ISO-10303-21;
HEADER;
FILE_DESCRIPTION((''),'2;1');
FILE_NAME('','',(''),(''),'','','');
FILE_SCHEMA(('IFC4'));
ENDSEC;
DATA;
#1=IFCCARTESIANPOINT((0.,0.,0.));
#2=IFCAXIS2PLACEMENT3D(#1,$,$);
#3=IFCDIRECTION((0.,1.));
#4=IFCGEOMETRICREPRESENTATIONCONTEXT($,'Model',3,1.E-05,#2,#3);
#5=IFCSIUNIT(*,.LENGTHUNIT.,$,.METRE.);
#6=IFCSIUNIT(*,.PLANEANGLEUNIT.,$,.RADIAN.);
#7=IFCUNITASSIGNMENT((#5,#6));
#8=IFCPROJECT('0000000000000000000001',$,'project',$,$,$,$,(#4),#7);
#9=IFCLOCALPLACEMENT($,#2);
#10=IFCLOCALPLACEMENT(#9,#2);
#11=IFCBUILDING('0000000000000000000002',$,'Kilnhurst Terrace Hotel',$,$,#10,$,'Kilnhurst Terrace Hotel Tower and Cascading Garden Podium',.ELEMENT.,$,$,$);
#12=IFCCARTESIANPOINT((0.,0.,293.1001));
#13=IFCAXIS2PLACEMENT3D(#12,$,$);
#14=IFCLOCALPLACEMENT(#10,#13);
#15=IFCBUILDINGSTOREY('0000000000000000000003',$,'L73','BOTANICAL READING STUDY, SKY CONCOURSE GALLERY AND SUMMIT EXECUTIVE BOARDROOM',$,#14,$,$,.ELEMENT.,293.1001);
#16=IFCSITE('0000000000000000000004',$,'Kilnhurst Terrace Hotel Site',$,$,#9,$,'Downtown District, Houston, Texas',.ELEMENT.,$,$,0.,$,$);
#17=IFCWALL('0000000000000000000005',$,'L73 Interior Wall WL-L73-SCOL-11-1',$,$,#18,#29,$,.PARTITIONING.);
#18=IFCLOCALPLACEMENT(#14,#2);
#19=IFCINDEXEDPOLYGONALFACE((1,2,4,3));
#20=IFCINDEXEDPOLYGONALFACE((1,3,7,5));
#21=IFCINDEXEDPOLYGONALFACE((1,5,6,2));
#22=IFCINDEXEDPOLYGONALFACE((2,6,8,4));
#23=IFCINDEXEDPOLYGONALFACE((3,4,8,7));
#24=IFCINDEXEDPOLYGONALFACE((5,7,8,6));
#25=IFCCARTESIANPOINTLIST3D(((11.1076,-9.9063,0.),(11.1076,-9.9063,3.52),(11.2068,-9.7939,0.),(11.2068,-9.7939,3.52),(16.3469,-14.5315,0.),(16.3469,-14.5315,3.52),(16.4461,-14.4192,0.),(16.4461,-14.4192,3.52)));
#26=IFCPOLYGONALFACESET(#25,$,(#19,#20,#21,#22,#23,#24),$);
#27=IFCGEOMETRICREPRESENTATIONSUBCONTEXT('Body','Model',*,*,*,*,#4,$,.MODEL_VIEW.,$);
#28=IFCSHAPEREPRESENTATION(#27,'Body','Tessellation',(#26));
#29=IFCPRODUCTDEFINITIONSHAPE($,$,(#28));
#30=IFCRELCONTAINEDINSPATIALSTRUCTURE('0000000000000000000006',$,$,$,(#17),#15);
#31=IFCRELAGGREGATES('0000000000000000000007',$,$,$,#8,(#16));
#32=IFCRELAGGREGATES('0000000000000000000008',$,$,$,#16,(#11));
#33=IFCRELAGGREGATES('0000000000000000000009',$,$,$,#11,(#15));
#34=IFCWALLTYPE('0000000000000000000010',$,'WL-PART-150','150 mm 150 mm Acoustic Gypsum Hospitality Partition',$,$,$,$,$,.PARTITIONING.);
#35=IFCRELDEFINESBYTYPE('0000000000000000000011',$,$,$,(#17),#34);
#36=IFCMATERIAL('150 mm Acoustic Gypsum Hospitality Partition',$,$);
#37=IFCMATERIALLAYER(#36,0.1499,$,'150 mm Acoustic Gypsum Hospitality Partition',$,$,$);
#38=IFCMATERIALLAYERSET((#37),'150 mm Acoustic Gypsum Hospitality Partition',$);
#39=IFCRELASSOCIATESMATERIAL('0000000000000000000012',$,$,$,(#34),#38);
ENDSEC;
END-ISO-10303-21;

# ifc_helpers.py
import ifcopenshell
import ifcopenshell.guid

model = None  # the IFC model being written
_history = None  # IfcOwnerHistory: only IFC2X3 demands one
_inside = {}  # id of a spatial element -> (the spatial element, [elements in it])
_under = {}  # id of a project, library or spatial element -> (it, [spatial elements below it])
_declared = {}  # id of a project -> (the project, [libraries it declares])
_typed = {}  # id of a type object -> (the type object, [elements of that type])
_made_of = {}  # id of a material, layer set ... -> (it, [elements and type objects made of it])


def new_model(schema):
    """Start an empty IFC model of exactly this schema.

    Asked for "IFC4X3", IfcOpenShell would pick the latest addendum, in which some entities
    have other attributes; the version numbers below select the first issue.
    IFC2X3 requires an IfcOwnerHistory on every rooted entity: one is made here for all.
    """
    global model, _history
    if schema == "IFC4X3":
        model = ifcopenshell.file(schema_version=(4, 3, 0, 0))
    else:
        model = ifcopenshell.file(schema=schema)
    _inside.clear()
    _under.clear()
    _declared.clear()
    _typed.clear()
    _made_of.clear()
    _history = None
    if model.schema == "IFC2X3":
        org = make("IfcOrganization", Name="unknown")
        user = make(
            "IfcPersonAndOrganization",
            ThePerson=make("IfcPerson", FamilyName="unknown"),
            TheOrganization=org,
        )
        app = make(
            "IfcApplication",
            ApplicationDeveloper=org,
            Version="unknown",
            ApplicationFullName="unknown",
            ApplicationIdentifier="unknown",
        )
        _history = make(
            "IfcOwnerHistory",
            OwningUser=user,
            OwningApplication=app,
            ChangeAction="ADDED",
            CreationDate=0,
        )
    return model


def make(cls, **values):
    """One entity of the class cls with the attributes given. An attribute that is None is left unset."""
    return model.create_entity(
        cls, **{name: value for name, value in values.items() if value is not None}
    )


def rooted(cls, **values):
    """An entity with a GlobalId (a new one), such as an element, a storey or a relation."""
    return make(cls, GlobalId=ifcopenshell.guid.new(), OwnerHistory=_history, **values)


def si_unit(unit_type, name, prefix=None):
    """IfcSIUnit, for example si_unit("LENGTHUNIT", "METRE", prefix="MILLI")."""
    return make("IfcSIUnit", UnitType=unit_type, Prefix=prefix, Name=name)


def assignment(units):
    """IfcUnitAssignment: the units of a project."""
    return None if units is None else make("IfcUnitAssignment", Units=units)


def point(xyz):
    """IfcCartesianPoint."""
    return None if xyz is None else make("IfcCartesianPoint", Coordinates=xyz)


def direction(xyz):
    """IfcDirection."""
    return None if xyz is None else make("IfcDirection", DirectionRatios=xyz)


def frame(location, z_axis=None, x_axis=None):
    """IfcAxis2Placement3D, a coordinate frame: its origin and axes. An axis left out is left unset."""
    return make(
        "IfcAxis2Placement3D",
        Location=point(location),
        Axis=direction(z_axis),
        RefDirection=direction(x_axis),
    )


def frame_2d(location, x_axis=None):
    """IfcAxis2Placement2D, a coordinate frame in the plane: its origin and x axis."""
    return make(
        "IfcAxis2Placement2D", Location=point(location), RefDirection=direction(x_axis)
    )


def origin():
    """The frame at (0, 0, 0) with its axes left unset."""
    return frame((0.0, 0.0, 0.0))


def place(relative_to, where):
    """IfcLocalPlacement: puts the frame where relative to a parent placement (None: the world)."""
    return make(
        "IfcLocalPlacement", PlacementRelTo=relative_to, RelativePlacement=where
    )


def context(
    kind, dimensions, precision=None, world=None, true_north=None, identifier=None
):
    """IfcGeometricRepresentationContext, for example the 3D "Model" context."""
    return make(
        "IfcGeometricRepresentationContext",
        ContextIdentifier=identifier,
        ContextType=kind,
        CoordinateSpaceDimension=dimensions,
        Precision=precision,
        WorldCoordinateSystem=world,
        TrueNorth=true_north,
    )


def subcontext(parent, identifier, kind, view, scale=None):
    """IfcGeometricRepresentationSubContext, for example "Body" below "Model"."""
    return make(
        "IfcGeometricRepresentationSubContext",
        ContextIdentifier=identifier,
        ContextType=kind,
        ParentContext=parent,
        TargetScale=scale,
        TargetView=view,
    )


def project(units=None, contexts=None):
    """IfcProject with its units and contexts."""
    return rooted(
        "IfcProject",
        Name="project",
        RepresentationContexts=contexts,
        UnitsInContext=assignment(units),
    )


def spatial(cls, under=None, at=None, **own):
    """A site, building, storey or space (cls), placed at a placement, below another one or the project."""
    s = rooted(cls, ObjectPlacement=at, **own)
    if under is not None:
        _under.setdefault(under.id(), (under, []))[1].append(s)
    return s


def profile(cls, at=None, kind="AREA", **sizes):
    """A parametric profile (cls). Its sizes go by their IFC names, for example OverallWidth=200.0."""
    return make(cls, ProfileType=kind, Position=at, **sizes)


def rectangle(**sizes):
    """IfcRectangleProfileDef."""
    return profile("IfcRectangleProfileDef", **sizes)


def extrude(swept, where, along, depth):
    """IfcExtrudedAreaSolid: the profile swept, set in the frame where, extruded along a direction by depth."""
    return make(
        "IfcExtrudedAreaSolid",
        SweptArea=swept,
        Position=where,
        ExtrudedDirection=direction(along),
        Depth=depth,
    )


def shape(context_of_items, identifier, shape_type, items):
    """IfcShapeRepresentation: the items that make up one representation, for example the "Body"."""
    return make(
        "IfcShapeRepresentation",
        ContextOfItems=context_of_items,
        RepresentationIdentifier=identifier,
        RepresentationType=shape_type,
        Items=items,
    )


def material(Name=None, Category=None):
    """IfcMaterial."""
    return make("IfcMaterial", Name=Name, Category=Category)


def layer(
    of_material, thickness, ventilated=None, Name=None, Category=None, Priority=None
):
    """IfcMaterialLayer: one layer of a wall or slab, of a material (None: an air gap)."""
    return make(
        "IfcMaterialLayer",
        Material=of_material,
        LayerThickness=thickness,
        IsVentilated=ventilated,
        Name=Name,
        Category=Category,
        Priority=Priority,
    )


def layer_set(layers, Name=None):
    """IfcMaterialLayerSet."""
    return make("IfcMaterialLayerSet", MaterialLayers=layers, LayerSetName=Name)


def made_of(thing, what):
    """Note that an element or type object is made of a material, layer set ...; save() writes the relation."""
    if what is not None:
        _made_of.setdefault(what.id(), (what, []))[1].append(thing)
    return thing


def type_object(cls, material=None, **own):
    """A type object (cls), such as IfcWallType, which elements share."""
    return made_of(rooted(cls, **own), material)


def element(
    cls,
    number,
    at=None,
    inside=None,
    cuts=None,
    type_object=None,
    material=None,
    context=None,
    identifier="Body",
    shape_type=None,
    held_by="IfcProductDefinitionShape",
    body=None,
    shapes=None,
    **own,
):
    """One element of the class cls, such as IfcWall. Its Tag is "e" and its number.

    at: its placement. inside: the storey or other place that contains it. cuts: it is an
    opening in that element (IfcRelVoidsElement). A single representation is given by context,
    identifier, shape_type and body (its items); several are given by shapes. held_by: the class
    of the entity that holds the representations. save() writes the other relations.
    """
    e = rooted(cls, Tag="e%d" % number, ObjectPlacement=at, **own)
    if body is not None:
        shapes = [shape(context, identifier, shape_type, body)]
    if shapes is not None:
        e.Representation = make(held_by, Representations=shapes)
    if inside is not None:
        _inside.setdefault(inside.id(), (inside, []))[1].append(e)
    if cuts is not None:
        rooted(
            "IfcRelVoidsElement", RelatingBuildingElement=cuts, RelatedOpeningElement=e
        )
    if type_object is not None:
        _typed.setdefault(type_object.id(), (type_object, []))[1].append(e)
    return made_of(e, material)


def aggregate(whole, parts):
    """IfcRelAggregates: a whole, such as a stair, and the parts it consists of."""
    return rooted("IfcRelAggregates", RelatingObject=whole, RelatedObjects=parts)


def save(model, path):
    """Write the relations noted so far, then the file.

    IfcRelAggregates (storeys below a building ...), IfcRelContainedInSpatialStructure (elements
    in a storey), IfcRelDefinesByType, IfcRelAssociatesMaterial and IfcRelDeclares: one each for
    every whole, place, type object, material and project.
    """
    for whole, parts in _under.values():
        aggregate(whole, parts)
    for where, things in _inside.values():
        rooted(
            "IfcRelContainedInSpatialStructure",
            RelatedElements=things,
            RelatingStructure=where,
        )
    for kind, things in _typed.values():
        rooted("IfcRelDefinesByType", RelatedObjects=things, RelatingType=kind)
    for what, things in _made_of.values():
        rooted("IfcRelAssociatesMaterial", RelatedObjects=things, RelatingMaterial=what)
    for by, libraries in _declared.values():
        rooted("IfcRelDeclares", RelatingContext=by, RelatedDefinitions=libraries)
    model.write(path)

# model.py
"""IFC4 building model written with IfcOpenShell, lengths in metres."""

from ifc_helpers import new_model, si_unit, direction, frame, frame_2d, origin, place, context, subcontext, project, spatial, rectangle, extrude, material, layer, layer_set, type_object, element, save


model = new_model("IFC4")

# Units and contexts
model_context = context("Model", 3, precision=1e-05, world=origin(), true_north=direction((0.0, 1.0)))
body_context = subcontext(model_context, "Body", "Model", "MODEL_VIEW")
ifc_project = project(units=[si_unit("LENGTHUNIT", "METRE"), si_unit("PLANEANGLEUNIT", "RADIAN")], contexts=[model_context])

# Site, building, storey
site_placement = place(None, origin())
site = spatial("IfcSite", under=ifc_project, at=site_placement, Name="Kilnhurst Terrace Hotel Site", LongName="Downtown District, Houston, Texas", CompositionType="ELEMENT", RefElevation=0.0)
building_placement = place(site_placement, origin())
building = spatial("IfcBuilding", under=site, at=building_placement, Name="Kilnhurst Terrace Hotel", LongName="Kilnhurst Terrace Hotel Tower and Cascading Garden Podium", CompositionType="ELEMENT")
storey_placement = place(building_placement, frame((0.0, 0.0, 293.1001)))
storey = spatial("IfcBuildingStorey", under=building, at=storey_placement, Name="L73", Description="BOTANICAL READING STUDY, SKY CONCOURSE GALLERY AND SUMMIT EXECUTIVE BOARDROOM", CompositionType="ELEMENT", Elevation=293.1001)

# Wall
ifc_material_1 = material(Name="150 mm Acoustic Gypsum Hospitality Partition")
ifc_layer_1 = layer(ifc_material_1, 0.1499, Name="150 mm Acoustic Gypsum Hospitality Partition")
ifc_layer_set_1 = layer_set([ifc_layer_1], Name="150 mm Acoustic Gypsum Hospitality Partition")
wall_type_1 = type_object("IfcWallType", Name="WL-PART-150", Description="150 mm 150 mm Acoustic Gypsum Hospitality Partition", PredefinedType="PARTITIONING", material=ifc_layer_set_1)
wall_1_placement = place(storey_placement, frame((11.1572, -9.8501, 0.0), z_axis=(0.0, 0.0, 1.0), x_axis=(0.74967, -0.661812, 0.0)))
element("IfcWall", 1, at=wall_1_placement, inside=storey, type_object=wall_type_1, Name="L73 Interior Wall WL-L73-SCOL-11-1", PredefinedType="PARTITIONING", context=body_context, shape_type="SweptSolid", body=[
    extrude(rectangle(XDim=6.9888, YDim=0.1499, at=frame_2d((3.4944, 0.0))), origin(), (0.0, 0.0, 1.0), 3.52),
])

save(model, "model.ifc")
